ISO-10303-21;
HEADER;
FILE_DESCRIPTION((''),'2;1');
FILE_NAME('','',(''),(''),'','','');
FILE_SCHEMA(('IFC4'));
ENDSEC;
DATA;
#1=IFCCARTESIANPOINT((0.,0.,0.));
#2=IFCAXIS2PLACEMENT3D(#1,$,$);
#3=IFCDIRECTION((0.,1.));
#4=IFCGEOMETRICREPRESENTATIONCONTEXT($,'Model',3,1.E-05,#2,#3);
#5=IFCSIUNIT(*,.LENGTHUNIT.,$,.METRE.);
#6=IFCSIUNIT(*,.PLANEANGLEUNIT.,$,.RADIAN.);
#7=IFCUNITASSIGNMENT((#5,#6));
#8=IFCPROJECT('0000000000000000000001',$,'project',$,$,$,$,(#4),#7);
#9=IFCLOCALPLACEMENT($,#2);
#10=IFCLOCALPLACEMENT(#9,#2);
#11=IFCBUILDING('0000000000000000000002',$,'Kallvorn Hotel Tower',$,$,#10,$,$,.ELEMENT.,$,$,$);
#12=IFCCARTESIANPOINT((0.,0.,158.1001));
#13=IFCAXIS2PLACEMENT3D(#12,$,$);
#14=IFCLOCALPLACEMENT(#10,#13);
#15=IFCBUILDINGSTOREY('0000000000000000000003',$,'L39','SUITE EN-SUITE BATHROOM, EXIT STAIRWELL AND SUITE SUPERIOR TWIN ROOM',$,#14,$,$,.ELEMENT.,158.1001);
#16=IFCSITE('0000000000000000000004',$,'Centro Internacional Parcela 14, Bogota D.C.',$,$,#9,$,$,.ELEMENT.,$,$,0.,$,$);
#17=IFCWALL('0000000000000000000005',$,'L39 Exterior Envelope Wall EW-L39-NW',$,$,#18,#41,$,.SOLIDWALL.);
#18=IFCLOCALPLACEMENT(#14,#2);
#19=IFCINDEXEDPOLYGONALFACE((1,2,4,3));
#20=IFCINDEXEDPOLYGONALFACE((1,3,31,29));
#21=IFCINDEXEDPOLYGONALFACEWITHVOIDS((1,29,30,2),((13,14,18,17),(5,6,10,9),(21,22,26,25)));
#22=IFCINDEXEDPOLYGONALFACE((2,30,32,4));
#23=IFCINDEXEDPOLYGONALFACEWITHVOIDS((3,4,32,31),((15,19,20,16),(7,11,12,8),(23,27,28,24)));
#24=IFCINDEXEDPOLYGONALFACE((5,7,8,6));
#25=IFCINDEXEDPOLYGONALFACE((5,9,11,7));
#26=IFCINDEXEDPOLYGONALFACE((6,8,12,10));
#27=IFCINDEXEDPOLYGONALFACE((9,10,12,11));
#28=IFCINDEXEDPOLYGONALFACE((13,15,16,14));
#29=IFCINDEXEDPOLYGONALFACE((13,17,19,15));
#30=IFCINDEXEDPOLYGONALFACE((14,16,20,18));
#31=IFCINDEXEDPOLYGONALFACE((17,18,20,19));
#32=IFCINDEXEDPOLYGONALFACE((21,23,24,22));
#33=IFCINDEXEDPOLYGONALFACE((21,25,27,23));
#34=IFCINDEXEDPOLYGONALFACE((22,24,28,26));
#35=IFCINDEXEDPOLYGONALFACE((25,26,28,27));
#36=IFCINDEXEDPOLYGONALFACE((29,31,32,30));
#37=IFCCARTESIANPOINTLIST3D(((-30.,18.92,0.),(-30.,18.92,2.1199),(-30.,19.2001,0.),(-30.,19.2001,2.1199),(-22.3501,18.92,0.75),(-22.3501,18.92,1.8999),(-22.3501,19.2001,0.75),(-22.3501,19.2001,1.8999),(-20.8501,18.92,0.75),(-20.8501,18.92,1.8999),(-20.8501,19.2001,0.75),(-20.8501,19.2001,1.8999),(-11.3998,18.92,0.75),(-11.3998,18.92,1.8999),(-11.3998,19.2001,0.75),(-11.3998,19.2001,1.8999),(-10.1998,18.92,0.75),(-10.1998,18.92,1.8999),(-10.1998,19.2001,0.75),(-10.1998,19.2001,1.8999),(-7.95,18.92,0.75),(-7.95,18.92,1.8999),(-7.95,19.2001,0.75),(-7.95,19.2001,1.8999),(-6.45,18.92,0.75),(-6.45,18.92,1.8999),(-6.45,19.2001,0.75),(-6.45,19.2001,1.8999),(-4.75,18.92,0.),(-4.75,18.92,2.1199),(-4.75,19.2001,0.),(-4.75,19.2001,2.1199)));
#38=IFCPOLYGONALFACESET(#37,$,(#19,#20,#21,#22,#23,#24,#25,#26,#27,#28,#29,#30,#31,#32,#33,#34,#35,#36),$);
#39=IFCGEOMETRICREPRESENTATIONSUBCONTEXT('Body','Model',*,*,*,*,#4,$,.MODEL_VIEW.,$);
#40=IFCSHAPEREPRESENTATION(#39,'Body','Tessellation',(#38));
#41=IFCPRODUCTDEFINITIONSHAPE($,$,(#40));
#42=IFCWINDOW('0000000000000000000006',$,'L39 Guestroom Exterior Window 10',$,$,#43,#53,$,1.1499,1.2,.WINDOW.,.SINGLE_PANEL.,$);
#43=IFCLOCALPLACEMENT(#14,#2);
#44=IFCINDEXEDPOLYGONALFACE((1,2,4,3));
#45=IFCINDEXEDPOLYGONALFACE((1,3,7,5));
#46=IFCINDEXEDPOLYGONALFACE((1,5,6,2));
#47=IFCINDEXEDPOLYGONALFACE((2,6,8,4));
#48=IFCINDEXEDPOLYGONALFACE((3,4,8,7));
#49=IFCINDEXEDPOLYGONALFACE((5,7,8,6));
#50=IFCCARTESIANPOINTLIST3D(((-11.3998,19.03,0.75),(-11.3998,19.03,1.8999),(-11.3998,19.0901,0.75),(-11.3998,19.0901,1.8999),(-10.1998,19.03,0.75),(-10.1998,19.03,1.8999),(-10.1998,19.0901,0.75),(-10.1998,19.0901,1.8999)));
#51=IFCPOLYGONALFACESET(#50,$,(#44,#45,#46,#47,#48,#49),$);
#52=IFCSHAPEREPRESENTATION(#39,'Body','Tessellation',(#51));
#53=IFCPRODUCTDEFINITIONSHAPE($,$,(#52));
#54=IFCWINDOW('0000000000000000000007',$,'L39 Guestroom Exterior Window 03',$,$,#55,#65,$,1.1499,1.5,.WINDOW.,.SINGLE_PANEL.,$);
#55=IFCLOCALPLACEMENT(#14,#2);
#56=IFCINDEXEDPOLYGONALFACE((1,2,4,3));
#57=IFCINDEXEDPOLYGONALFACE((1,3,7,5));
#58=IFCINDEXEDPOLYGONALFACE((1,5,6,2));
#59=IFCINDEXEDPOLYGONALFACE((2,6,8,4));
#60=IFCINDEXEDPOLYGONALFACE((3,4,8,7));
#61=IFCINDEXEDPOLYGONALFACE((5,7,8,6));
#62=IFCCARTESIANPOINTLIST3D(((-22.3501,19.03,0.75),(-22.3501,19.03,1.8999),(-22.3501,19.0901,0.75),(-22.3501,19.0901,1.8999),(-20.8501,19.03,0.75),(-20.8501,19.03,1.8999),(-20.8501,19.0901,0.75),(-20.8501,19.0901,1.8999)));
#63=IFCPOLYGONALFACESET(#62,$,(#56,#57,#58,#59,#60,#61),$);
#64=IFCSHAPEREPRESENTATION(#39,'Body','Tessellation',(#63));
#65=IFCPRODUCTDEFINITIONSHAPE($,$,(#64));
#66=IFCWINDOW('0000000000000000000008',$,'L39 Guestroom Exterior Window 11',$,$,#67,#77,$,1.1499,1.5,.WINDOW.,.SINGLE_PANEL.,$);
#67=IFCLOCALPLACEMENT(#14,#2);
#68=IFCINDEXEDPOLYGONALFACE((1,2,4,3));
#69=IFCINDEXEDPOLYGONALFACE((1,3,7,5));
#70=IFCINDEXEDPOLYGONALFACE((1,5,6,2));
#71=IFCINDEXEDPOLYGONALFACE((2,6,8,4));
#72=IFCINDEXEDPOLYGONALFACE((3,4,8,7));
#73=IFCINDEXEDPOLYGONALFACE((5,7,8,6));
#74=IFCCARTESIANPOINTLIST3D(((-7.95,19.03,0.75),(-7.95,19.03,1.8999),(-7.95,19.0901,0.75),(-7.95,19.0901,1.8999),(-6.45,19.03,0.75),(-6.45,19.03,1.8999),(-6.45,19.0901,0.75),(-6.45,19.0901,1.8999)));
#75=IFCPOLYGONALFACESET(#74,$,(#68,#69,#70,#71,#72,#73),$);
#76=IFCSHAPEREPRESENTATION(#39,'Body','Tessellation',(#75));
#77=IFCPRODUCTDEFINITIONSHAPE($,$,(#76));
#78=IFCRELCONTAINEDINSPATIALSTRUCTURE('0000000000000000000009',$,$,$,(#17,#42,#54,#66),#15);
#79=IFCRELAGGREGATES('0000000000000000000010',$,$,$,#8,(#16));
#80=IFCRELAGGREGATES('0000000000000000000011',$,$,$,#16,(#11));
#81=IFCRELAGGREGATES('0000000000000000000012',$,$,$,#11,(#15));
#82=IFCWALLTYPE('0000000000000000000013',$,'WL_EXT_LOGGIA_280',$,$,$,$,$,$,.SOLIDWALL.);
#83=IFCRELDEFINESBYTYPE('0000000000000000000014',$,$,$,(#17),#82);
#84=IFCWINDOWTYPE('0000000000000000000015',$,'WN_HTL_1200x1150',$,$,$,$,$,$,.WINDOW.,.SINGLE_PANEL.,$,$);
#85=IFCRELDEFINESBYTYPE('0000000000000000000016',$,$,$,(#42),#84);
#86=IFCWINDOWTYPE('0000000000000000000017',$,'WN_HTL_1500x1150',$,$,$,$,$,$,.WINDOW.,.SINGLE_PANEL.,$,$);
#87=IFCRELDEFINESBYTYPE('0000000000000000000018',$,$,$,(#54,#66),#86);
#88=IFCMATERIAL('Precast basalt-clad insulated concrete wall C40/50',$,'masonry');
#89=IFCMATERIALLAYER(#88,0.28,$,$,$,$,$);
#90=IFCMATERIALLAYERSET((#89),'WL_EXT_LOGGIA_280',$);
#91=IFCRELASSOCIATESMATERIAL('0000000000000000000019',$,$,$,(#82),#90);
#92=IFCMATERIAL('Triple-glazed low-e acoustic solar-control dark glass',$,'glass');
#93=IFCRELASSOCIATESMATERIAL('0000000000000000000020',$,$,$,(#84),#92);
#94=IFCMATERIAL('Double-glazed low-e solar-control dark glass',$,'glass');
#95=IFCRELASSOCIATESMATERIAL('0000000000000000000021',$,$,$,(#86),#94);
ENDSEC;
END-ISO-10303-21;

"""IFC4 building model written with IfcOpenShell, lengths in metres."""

from ifc_helpers import new_model, si_unit, direction, frame, frame_2d, origin, place, context, subcontext, project, spatial, rectangle, extrude, material, layer, layer_set, type_object, element, fill, save


model = new_model("IFC4")

# Units and contexts
model_context = context("Model", 3, precision=1e-05, world=origin(), true_north=direction((0.0, 1.0)))
body_context = subcontext(model_context, "Body", "Model", "MODEL_VIEW")
ifc_project = project(units=[si_unit("LENGTHUNIT", "METRE"), si_unit("PLANEANGLEUNIT", "RADIAN")], contexts=[model_context])

# Site, building, storey
site_placement = place(None, origin())
site = spatial("IfcSite", under=ifc_project, at=site_placement, Name="Centro Internacional Parcela 14, Bogota D.C.", CompositionType="ELEMENT", RefElevation=0.0)
building_placement = place(site_placement, origin())
building = spatial("IfcBuilding", under=site, at=building_placement, Name="Kallvorn Hotel Tower", CompositionType="ELEMENT")
storey_placement = place(building_placement, frame((0.0, 0.0, 158.1001)))
storey = spatial("IfcBuildingStorey", under=building, at=storey_placement, Name="L39", Description="SUITE EN-SUITE BATHROOM, EXIT STAIRWELL AND SUITE SUPERIOR TWIN ROOM", CompositionType="ELEMENT", Elevation=158.1001)

# Shared definitions
ifc_material_1 = material(Name="Precast basalt-clad insulated concrete wall C40/50", Category="masonry")
ifc_layer_1 = layer(ifc_material_1, 0.28)
ifc_layer_set_1 = layer_set([ifc_layer_1], Name="WL_EXT_LOGGIA_280")
wall_type = type_object("IfcWallType", Name="WL_EXT_LOGGIA_280", PredefinedType="SOLIDWALL", material=ifc_layer_set_1)

# Wall, openings, windows
wall_1_placement = place(storey_placement, frame((-30.0, 19.0601, 0.0), z_axis=(0.0, 0.0, 1.0), x_axis=(1.0, 0.0, 0.0)))
wall_1 = element("IfcWall", 1, at=wall_1_placement, inside=storey, type_object=wall_type, Name="L39 Exterior Envelope Wall EW-L39-NW", PredefinedType="SOLIDWALL", context=body_context, shape_type="SweptSolid", body=[
    extrude(rectangle(XDim=25.25, YDim=0.28, at=frame_2d((12.625, 0.0))), origin(), (0.0, 0.0, 1.0), 2.1199),
])
opening_1_placement = place(wall_1_placement, frame((7.6499, 0.0, 0.75)))
opening_1 = element("IfcOpeningElement", 2, at=opening_1_placement, cuts=wall_1, PredefinedType="OPENING", context=body_context, shape_type="SweptSolid", body=[
    extrude(rectangle(XDim=1.5, YDim=1.1499, at=frame_2d((0.75, 0.575))), frame((0.0, 0.155, 0.0), z_axis=(0.0, -1.0, 0.0), x_axis=(1.0, 0.0, 0.0)), (0.0, 0.0, 1.0), 0.3101),
])
opening_2_placement = place(wall_1_placement, frame((18.6001, 0.0, 0.75)))
opening_2 = element("IfcOpeningElement", 3, at=opening_2_placement, cuts=wall_1, PredefinedType="OPENING", context=body_context, shape_type="SweptSolid", body=[
    extrude(rectangle(XDim=1.2, YDim=1.1499, at=frame_2d((0.6001, 0.575))), frame((0.0, 0.155, 0.0), z_axis=(0.0, -1.0, 0.0), x_axis=(1.0, 0.0, 0.0)), (0.0, 0.0, 1.0), 0.3101),
])
opening_3_placement = place(wall_1_placement, frame((22.05, 0.0, 0.75)))
opening_3 = element("IfcOpeningElement", 4, at=opening_3_placement, cuts=wall_1, PredefinedType="OPENING", context=body_context, shape_type="SweptSolid", body=[
    extrude(rectangle(XDim=1.5, YDim=1.1499, at=frame_2d((0.75, 0.575))), frame((0.0, 0.155, 0.0), z_axis=(0.0, -1.0, 0.0), x_axis=(1.0, 0.0, 0.0)), (0.0, 0.0, 1.0), 0.3101),
])
ifc_material_2 = material(Name="Triple-glazed low-e acoustic solar-control dark glass", Category="glass")
window_type_1 = type_object("IfcWindowType", Name="WN_HTL_1200x1150", PartitioningType="SINGLE_PANEL", PredefinedType="WINDOW", material=ifc_material_2)
window_1_placement = place(opening_2_placement, origin())
window_1 = element("IfcWindow", 5, at=window_1_placement, inside=storey, type_object=window_type_1, Name="L39 Guestroom Exterior Window 10", OverallHeight=1.1499, OverallWidth=1.2, PartitioningType="SINGLE_PANEL", PredefinedType="WINDOW", context=body_context, shape_type="SweptSolid", body=[
    extrude(rectangle(XDim=1.2, YDim=1.1499, at=frame_2d((0.6001, 0.575))), frame((0.0, 0.03, 0.0), z_axis=(0.0, -1.0, 0.0), x_axis=(1.0, 0.0, 0.0)), (0.0, 0.0, 1.0), 0.0601),
])
fill(opening_2, window_1)
ifc_material_3 = material(Name="Double-glazed low-e solar-control dark glass", Category="glass")
window_type_2 = type_object("IfcWindowType", Name="WN_HTL_1500x1150", PartitioningType="SINGLE_PANEL", PredefinedType="WINDOW", material=ifc_material_3)
window_2_placement = place(opening_1_placement, origin())
window_2 = element("IfcWindow", 6, at=window_2_placement, inside=storey, type_object=window_type_2, Name="L39 Guestroom Exterior Window 03", OverallHeight=1.1499, OverallWidth=1.5, PartitioningType="SINGLE_PANEL", PredefinedType="WINDOW", context=body_context, shape_type="SweptSolid", body=[
    extrude(rectangle(XDim=1.5, YDim=1.1499, at=frame_2d((0.75, 0.575))), frame((0.0, 0.03, 0.0), z_axis=(0.0, -1.0, 0.0), x_axis=(1.0, 0.0, 0.0)), (0.0, 0.0, 1.0), 0.0601),
])
fill(opening_1, window_2)
window_3_placement = place(opening_3_placement, origin())
window_3 = element("IfcWindow", 7, at=window_3_placement, inside=storey, type_object=window_type_2, Name="L39 Guestroom Exterior Window 11", OverallHeight=1.1499, OverallWidth=1.5, PartitioningType="SINGLE_PANEL", PredefinedType="WINDOW", context=body_context, shape_type="SweptSolid", body=[
    extrude(rectangle(XDim=1.5, YDim=1.1499, at=frame_2d((0.75, 0.575))), frame((0.0, 0.03, 0.0), z_axis=(0.0, -1.0, 0.0), x_axis=(1.0, 0.0, 0.0)), (0.0, 0.0, 1.0), 0.0601),
])
fill(opening_3, window_3)

save(model, "model.ifc")
